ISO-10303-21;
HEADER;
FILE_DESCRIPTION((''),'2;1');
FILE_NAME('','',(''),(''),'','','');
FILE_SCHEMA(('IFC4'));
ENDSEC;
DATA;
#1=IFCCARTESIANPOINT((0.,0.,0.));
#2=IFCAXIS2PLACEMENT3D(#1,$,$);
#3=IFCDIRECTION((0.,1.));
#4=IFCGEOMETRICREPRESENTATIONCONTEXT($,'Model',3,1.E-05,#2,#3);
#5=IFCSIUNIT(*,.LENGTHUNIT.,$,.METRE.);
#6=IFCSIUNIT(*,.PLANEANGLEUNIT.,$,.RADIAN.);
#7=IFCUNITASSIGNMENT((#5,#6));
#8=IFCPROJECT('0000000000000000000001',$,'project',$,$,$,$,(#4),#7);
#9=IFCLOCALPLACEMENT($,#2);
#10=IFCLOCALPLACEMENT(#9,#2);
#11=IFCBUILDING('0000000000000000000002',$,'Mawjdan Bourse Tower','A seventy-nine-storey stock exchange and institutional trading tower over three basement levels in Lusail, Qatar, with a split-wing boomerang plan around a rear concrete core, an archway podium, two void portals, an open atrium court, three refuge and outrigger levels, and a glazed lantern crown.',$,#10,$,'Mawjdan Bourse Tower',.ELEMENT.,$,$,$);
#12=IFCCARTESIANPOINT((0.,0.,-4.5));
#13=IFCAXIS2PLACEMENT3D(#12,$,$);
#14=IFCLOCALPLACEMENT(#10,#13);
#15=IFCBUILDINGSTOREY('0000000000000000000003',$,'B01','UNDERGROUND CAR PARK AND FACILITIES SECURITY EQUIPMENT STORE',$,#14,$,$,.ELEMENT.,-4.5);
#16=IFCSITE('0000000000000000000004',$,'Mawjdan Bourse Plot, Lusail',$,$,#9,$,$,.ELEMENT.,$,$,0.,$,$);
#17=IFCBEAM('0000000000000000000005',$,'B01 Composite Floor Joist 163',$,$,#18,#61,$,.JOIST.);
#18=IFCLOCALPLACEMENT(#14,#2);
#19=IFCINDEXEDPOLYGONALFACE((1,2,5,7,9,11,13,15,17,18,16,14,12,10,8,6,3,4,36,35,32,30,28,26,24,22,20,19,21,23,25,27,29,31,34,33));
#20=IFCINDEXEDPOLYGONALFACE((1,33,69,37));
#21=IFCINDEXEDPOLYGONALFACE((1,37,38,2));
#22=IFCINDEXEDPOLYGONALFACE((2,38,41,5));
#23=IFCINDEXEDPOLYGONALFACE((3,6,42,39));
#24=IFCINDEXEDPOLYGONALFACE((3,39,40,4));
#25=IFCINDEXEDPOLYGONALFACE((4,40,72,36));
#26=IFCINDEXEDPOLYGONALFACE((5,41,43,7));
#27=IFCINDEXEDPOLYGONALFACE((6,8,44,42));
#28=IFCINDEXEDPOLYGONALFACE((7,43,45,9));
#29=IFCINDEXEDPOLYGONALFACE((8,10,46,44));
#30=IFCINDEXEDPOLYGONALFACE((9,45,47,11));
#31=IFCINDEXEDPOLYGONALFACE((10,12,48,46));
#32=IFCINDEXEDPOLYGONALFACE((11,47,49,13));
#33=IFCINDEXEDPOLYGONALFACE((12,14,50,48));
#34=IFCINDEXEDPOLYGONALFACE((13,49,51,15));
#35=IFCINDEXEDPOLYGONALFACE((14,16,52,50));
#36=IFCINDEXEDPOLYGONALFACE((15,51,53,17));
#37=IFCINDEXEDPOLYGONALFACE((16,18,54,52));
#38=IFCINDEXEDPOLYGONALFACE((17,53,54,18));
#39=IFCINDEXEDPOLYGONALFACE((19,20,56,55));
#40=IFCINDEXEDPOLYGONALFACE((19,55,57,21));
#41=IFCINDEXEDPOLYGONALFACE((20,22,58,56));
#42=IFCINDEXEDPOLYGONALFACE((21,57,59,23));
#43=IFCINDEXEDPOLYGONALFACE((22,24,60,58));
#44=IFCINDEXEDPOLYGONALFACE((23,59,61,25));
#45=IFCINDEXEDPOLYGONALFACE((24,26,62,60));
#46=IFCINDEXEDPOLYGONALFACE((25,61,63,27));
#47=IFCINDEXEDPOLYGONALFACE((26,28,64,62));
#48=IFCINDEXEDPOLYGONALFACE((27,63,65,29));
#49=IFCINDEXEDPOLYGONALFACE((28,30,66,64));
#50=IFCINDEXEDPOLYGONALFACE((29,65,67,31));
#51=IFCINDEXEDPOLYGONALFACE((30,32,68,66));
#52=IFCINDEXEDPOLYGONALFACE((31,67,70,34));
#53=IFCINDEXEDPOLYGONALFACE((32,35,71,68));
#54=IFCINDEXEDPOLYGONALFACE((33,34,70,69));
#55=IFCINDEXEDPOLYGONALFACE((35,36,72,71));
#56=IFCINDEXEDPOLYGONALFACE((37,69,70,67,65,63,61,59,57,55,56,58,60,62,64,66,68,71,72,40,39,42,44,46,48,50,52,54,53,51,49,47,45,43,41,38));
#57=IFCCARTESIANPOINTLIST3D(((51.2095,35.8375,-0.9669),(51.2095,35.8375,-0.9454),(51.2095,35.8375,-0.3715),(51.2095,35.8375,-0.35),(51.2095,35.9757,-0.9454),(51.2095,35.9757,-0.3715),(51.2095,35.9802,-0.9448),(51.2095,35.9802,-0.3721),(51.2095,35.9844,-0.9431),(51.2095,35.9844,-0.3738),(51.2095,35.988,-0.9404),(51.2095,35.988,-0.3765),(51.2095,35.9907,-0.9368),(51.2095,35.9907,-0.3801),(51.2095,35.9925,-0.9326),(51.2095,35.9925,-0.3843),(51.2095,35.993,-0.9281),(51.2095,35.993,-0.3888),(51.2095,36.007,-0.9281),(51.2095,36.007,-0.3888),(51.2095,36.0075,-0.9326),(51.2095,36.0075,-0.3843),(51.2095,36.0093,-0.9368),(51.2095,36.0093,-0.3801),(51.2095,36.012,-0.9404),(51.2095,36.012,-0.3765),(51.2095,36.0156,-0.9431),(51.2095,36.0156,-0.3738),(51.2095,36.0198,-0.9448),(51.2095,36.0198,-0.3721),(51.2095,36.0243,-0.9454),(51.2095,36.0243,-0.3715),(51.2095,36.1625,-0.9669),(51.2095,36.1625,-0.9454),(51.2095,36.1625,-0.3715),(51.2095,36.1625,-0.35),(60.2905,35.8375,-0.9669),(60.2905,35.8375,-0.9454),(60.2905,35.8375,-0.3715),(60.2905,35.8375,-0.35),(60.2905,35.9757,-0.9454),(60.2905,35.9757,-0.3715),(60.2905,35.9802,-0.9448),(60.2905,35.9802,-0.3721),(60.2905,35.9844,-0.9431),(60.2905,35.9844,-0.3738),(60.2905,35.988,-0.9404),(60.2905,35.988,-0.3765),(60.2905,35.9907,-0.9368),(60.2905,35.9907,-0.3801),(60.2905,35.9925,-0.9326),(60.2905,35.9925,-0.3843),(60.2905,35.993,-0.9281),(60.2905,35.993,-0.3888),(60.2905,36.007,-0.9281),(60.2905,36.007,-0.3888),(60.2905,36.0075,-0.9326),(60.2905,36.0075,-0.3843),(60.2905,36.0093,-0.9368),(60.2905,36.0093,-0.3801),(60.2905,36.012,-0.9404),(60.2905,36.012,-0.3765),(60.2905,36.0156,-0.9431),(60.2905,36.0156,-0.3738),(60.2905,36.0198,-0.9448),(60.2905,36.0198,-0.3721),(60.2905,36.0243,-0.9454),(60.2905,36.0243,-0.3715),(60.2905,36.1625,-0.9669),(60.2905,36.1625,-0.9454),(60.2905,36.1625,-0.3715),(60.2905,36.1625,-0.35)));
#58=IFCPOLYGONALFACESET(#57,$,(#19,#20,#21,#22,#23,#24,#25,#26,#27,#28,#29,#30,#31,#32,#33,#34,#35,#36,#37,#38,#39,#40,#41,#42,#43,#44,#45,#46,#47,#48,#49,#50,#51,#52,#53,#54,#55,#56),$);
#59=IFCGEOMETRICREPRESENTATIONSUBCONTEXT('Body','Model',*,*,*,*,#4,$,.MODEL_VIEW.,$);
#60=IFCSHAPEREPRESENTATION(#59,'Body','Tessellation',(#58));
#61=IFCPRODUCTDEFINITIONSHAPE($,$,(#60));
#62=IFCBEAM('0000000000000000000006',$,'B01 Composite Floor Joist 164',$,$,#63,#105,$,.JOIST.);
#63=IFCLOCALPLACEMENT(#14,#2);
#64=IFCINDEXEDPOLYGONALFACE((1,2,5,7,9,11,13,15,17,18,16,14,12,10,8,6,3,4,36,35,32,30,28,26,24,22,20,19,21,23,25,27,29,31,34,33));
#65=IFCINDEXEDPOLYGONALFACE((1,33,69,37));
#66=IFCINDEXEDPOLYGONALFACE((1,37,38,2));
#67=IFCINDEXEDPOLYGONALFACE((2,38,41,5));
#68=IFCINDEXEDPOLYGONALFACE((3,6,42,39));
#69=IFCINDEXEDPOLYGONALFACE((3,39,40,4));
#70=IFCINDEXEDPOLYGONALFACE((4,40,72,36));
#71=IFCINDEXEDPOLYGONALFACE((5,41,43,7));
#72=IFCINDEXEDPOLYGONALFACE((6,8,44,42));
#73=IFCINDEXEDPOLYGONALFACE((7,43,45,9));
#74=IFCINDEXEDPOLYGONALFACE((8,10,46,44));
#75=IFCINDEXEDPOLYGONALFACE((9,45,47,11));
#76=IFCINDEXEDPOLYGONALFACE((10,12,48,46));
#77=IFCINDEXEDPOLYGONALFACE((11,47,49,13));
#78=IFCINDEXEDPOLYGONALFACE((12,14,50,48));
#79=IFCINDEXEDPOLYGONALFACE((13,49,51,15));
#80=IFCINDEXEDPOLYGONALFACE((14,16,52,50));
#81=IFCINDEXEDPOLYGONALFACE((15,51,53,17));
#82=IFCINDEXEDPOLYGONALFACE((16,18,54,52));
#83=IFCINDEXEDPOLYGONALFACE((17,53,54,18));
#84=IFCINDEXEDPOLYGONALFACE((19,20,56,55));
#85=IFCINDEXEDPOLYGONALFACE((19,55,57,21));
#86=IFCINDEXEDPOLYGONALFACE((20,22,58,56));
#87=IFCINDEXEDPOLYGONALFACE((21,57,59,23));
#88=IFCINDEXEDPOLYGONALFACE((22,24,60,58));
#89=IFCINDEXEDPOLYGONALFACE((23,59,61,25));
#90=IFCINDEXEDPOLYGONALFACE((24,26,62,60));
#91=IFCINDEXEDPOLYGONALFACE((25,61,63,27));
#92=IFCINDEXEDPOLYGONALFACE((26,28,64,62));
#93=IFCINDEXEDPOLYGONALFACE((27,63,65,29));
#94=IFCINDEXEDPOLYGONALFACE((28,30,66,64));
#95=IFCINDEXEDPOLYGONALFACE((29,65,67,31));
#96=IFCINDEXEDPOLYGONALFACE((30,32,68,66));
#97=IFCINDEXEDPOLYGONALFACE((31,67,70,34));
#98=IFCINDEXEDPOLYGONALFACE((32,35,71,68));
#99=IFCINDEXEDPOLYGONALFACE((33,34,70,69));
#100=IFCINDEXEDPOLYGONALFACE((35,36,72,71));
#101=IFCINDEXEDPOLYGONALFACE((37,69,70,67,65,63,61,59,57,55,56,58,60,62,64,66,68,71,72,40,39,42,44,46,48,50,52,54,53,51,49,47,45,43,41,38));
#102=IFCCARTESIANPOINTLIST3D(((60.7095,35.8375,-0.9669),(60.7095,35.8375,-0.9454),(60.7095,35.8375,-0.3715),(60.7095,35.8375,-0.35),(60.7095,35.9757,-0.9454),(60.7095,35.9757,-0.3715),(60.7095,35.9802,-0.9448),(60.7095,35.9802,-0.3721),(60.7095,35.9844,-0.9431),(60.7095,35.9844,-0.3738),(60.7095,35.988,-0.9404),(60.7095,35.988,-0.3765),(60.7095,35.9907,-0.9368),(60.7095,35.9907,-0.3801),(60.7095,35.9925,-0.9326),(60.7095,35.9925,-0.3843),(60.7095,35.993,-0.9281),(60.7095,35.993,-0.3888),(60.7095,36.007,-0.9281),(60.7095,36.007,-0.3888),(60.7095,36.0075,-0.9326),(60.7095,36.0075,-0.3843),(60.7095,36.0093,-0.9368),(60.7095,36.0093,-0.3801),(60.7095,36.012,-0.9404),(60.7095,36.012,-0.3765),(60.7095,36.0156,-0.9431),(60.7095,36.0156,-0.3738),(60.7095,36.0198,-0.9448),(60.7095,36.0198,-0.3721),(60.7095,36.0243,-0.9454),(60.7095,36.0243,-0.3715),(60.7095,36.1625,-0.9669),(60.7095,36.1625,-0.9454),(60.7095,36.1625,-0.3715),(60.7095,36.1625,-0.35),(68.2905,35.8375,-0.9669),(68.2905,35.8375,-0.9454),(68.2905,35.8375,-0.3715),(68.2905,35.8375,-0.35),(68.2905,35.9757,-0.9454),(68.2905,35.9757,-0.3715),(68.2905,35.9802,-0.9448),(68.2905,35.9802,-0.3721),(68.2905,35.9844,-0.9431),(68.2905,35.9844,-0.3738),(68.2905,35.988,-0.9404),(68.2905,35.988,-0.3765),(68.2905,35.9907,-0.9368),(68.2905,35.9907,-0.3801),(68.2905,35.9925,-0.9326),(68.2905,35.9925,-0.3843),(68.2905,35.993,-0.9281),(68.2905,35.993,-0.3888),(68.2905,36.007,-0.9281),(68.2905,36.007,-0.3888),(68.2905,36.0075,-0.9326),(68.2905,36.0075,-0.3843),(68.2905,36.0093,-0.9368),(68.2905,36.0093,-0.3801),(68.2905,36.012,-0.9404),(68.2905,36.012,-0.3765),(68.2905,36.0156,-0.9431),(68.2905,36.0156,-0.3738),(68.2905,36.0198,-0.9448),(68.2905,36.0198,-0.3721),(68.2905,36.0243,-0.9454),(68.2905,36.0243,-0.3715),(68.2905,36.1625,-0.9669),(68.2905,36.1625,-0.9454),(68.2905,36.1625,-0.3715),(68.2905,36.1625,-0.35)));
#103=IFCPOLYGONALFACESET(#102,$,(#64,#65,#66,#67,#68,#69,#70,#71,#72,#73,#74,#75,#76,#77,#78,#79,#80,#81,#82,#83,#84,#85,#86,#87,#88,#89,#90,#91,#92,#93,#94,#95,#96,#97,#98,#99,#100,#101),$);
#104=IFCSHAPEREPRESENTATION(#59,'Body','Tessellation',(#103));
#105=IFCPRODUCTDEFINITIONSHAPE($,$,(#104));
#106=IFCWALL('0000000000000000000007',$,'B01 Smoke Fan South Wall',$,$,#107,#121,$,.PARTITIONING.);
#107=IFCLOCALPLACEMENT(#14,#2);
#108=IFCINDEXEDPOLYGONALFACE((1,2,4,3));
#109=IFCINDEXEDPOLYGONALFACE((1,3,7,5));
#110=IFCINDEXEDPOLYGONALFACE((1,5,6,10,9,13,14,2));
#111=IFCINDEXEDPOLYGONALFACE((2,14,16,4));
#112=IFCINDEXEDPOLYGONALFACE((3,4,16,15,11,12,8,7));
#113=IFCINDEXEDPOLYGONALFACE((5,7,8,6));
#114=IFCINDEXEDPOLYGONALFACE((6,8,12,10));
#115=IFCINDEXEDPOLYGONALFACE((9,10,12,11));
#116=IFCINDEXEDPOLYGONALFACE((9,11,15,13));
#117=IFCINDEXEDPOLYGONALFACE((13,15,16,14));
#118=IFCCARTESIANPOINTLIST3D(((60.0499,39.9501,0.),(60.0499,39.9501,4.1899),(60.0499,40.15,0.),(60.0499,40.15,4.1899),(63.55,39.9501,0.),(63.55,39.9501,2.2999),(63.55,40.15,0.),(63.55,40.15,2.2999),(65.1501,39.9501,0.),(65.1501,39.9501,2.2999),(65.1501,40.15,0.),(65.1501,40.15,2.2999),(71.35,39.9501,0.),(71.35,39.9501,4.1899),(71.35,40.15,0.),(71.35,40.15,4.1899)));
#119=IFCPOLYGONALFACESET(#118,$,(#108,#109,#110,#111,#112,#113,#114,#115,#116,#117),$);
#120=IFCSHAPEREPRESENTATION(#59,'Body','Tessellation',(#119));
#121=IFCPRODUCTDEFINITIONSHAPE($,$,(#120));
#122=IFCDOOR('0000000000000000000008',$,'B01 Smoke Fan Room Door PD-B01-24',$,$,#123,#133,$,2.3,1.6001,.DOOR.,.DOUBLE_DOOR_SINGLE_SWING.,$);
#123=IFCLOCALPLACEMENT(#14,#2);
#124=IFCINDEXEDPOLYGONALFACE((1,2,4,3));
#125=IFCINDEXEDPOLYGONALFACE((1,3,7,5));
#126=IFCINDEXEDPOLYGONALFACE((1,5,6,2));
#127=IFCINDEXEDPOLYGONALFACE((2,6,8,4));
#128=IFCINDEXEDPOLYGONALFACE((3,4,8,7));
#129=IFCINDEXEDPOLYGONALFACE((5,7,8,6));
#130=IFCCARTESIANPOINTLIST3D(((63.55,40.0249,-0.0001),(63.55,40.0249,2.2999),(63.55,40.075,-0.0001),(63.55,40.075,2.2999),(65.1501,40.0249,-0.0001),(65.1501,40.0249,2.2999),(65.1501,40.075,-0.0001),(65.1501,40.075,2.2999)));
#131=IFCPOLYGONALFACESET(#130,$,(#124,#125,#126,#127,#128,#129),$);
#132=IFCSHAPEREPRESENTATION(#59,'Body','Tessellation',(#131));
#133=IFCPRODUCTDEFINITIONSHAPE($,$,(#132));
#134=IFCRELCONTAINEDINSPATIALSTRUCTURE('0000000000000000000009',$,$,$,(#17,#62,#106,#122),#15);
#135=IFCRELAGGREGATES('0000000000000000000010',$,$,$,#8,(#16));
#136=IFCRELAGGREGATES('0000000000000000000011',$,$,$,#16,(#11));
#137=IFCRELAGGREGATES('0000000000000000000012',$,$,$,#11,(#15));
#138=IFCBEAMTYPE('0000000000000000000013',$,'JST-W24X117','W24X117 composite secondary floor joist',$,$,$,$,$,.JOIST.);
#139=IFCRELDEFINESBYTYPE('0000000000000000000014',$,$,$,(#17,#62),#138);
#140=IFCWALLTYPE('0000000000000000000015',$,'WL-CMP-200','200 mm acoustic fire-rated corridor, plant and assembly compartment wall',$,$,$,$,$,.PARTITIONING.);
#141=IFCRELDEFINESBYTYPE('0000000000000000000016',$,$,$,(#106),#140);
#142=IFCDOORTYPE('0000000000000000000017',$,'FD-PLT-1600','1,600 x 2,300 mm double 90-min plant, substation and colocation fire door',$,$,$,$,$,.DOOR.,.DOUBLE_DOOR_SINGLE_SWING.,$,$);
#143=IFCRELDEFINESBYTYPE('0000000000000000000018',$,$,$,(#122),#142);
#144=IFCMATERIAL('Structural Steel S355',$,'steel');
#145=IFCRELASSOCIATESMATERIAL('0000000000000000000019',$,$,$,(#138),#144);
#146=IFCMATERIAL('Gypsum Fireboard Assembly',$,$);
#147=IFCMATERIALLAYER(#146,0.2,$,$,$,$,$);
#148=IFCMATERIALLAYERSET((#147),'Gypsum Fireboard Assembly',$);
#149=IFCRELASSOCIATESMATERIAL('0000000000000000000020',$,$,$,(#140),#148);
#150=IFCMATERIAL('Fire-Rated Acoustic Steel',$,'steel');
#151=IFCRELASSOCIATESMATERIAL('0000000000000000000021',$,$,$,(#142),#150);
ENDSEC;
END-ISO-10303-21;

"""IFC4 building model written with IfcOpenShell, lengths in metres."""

from ifc_helpers import new_model, si_unit, direction, frame, frame_2d, origin, origin_2d, place, context, subcontext, project, spatial, rectangle, i_section, extrude, material, layer, layer_set, material_profile, profile_set, type_object, element, fill, save


model = new_model("IFC4")

# Units and contexts
model_context = context("Model", 3, precision=1e-05, world=origin(), true_north=direction((0.0, 1.0)))
body_context = subcontext(model_context, "Body", "Model", "MODEL_VIEW")
ifc_project = project(units=[si_unit("LENGTHUNIT", "METRE"), si_unit("PLANEANGLEUNIT", "RADIAN")], contexts=[model_context])

# Site, building, storey
site_placement = place(None, origin())
site = spatial("IfcSite", under=ifc_project, at=site_placement, Name="Mawjdan Bourse Plot, Lusail", CompositionType="ELEMENT", RefElevation=0.0)
building_placement = place(site_placement, origin())
building = spatial("IfcBuilding", under=site, at=building_placement, Name="Mawjdan Bourse Tower", Description="A seventy-nine-storey stock exchange and institutional trading tower over three basement levels in Lusail, Qatar, with a split-wing boomerang plan around a rear concrete core, an archway podium, two void portals, an open atrium court, three refuge and outrigger levels, and a glazed lantern crown.", LongName="Mawjdan Bourse Tower", CompositionType="ELEMENT")
storey_placement = place(building_placement, frame((0.0, 0.0, -4.5)))
storey = spatial("IfcBuildingStorey", under=building, at=storey_placement, Name="B01", Description="UNDERGROUND CAR PARK AND FACILITIES SECURITY EQUIPMENT STORE", CompositionType="ELEMENT", Elevation=-4.5)

# Beams
ifc_material_1 = material(Name="Structural Steel S355", Category="steel")
ifc_material_profile_1 = material_profile(ifc_material_1, i_section(OverallWidth=0.325, OverallDepth=0.6169, WebThickness=0.0139, FlangeThickness=0.0215, FilletRadius=0.0173, at=origin_2d()), Name="W24X117")
ifc_profile_set_1 = profile_set([ifc_material_profile_1], Name="Structural Steel S355")
beam_type_1 = type_object("IfcBeamType", Name="JST-W24X117", Description="W24X117 composite secondary floor joist", PredefinedType="JOIST", material=ifc_profile_set_1)
beam_1_placement = place(storey_placement, frame((51.2095, 36.0, -0.6584), z_axis=(1.0, 0.0, 0.0), x_axis=(0.0, 1.0, 0.0)))
element("IfcBeam", 1, at=beam_1_placement, inside=storey, type_object=beam_type_1, Name="B01 Composite Floor Joist 163", PredefinedType="JOIST", context=body_context, shape_type="SweptSolid", body=[
    extrude(i_section(OverallWidth=0.325, OverallDepth=0.6169, WebThickness=0.0139, FlangeThickness=0.0215, FilletRadius=0.0173, at=origin_2d()), origin(), (0.0, 0.0, 1.0), 9.0811),
])
beam_2_placement = place(storey_placement, frame((60.7095, 36.0, -0.6584), z_axis=(1.0, 0.0, 0.0), x_axis=(0.0, 1.0, 0.0)))
element("IfcBeam", 2, at=beam_2_placement, inside=storey, type_object=beam_type_1, Name="B01 Composite Floor Joist 164", PredefinedType="JOIST", context=body_context, shape_type="SweptSolid", body=[
    extrude(i_section(OverallWidth=0.325, OverallDepth=0.6169, WebThickness=0.0139, FlangeThickness=0.0215, FilletRadius=0.0173, at=origin_2d()), origin(), (0.0, 0.0, 1.0), 7.5811),
])

# Wall, opening, door
ifc_material_2 = material(Name="Gypsum Fireboard Assembly")
ifc_layer = layer(ifc_material_2, 0.2)
ifc_layer_set = layer_set([ifc_layer], Name="Gypsum Fireboard Assembly")
wall_type = type_object("IfcWallType", Name="WL-CMP-200", Description="200 mm acoustic fire-rated corridor, plant and assembly compartment wall", PredefinedType="PARTITIONING", material=ifc_layer_set)
wall_placement = place(storey_placement, frame((60.05, 40.05, 0.0), z_axis=(0.0, 0.0, 1.0), x_axis=(1.0, 0.0, 0.0)))
wall = element("IfcWall", 3, at=wall_placement, inside=storey, type_object=wall_type, Name="B01 Smoke Fan South Wall", PredefinedType="PARTITIONING", context=body_context, shape_type="SweptSolid", body=[
    extrude(rectangle(XDim=11.3, YDim=0.2, at=frame_2d((5.6499, 0.0))), origin(), (0.0, 0.0, 1.0), 4.1899),
])
opening_placement = place(wall_placement, frame((3.5, 0.0, 0.0)))
opening = element("IfcOpeningElement", 4, at=opening_placement, cuts=wall, PredefinedType="OPENING", context=body_context, shape_type="SweptSolid", body=[
    extrude(rectangle(XDim=1.6001, YDim=2.3, at=frame_2d((0.8, 1.1499))), frame((0.0, 0.1099, 0.0), z_axis=(0.0, -1.0, 0.0), x_axis=(1.0, 0.0, 0.0)), (0.0, 0.0, 1.0), 0.22),
])
ifc_material_3 = material(Name="Fire-Rated Acoustic Steel", Category="steel")
door_type = type_object("IfcDoorType", Name="FD-PLT-1600", Description="1,600 x 2,300 mm double 90-min plant, substation and colocation fire door", OperationType="DOUBLE_DOOR_SINGLE_SWING", PredefinedType="DOOR", material=ifc_material_3)
door_placement = place(opening_placement, origin())
door = element("IfcDoor", 5, at=door_placement, inside=storey, type_object=door_type, Name="B01 Smoke Fan Room Door PD-B01-24", OperationType="DOUBLE_DOOR_SINGLE_SWING", OverallHeight=2.3, OverallWidth=1.6001, PredefinedType="DOOR", context=body_context, shape_type="SweptSolid", body=[
    extrude(rectangle(XDim=1.6001, YDim=2.3, at=frame_2d((0.8, 1.1499))), frame((0.0, 0.0249, 0.0), z_axis=(0.0, -1.0, 0.0), x_axis=(1.0, 0.0, 0.0)), (0.0, 0.0, 1.0), 0.05),
])
fill(opening, door)

save(model, "model.ifc")
